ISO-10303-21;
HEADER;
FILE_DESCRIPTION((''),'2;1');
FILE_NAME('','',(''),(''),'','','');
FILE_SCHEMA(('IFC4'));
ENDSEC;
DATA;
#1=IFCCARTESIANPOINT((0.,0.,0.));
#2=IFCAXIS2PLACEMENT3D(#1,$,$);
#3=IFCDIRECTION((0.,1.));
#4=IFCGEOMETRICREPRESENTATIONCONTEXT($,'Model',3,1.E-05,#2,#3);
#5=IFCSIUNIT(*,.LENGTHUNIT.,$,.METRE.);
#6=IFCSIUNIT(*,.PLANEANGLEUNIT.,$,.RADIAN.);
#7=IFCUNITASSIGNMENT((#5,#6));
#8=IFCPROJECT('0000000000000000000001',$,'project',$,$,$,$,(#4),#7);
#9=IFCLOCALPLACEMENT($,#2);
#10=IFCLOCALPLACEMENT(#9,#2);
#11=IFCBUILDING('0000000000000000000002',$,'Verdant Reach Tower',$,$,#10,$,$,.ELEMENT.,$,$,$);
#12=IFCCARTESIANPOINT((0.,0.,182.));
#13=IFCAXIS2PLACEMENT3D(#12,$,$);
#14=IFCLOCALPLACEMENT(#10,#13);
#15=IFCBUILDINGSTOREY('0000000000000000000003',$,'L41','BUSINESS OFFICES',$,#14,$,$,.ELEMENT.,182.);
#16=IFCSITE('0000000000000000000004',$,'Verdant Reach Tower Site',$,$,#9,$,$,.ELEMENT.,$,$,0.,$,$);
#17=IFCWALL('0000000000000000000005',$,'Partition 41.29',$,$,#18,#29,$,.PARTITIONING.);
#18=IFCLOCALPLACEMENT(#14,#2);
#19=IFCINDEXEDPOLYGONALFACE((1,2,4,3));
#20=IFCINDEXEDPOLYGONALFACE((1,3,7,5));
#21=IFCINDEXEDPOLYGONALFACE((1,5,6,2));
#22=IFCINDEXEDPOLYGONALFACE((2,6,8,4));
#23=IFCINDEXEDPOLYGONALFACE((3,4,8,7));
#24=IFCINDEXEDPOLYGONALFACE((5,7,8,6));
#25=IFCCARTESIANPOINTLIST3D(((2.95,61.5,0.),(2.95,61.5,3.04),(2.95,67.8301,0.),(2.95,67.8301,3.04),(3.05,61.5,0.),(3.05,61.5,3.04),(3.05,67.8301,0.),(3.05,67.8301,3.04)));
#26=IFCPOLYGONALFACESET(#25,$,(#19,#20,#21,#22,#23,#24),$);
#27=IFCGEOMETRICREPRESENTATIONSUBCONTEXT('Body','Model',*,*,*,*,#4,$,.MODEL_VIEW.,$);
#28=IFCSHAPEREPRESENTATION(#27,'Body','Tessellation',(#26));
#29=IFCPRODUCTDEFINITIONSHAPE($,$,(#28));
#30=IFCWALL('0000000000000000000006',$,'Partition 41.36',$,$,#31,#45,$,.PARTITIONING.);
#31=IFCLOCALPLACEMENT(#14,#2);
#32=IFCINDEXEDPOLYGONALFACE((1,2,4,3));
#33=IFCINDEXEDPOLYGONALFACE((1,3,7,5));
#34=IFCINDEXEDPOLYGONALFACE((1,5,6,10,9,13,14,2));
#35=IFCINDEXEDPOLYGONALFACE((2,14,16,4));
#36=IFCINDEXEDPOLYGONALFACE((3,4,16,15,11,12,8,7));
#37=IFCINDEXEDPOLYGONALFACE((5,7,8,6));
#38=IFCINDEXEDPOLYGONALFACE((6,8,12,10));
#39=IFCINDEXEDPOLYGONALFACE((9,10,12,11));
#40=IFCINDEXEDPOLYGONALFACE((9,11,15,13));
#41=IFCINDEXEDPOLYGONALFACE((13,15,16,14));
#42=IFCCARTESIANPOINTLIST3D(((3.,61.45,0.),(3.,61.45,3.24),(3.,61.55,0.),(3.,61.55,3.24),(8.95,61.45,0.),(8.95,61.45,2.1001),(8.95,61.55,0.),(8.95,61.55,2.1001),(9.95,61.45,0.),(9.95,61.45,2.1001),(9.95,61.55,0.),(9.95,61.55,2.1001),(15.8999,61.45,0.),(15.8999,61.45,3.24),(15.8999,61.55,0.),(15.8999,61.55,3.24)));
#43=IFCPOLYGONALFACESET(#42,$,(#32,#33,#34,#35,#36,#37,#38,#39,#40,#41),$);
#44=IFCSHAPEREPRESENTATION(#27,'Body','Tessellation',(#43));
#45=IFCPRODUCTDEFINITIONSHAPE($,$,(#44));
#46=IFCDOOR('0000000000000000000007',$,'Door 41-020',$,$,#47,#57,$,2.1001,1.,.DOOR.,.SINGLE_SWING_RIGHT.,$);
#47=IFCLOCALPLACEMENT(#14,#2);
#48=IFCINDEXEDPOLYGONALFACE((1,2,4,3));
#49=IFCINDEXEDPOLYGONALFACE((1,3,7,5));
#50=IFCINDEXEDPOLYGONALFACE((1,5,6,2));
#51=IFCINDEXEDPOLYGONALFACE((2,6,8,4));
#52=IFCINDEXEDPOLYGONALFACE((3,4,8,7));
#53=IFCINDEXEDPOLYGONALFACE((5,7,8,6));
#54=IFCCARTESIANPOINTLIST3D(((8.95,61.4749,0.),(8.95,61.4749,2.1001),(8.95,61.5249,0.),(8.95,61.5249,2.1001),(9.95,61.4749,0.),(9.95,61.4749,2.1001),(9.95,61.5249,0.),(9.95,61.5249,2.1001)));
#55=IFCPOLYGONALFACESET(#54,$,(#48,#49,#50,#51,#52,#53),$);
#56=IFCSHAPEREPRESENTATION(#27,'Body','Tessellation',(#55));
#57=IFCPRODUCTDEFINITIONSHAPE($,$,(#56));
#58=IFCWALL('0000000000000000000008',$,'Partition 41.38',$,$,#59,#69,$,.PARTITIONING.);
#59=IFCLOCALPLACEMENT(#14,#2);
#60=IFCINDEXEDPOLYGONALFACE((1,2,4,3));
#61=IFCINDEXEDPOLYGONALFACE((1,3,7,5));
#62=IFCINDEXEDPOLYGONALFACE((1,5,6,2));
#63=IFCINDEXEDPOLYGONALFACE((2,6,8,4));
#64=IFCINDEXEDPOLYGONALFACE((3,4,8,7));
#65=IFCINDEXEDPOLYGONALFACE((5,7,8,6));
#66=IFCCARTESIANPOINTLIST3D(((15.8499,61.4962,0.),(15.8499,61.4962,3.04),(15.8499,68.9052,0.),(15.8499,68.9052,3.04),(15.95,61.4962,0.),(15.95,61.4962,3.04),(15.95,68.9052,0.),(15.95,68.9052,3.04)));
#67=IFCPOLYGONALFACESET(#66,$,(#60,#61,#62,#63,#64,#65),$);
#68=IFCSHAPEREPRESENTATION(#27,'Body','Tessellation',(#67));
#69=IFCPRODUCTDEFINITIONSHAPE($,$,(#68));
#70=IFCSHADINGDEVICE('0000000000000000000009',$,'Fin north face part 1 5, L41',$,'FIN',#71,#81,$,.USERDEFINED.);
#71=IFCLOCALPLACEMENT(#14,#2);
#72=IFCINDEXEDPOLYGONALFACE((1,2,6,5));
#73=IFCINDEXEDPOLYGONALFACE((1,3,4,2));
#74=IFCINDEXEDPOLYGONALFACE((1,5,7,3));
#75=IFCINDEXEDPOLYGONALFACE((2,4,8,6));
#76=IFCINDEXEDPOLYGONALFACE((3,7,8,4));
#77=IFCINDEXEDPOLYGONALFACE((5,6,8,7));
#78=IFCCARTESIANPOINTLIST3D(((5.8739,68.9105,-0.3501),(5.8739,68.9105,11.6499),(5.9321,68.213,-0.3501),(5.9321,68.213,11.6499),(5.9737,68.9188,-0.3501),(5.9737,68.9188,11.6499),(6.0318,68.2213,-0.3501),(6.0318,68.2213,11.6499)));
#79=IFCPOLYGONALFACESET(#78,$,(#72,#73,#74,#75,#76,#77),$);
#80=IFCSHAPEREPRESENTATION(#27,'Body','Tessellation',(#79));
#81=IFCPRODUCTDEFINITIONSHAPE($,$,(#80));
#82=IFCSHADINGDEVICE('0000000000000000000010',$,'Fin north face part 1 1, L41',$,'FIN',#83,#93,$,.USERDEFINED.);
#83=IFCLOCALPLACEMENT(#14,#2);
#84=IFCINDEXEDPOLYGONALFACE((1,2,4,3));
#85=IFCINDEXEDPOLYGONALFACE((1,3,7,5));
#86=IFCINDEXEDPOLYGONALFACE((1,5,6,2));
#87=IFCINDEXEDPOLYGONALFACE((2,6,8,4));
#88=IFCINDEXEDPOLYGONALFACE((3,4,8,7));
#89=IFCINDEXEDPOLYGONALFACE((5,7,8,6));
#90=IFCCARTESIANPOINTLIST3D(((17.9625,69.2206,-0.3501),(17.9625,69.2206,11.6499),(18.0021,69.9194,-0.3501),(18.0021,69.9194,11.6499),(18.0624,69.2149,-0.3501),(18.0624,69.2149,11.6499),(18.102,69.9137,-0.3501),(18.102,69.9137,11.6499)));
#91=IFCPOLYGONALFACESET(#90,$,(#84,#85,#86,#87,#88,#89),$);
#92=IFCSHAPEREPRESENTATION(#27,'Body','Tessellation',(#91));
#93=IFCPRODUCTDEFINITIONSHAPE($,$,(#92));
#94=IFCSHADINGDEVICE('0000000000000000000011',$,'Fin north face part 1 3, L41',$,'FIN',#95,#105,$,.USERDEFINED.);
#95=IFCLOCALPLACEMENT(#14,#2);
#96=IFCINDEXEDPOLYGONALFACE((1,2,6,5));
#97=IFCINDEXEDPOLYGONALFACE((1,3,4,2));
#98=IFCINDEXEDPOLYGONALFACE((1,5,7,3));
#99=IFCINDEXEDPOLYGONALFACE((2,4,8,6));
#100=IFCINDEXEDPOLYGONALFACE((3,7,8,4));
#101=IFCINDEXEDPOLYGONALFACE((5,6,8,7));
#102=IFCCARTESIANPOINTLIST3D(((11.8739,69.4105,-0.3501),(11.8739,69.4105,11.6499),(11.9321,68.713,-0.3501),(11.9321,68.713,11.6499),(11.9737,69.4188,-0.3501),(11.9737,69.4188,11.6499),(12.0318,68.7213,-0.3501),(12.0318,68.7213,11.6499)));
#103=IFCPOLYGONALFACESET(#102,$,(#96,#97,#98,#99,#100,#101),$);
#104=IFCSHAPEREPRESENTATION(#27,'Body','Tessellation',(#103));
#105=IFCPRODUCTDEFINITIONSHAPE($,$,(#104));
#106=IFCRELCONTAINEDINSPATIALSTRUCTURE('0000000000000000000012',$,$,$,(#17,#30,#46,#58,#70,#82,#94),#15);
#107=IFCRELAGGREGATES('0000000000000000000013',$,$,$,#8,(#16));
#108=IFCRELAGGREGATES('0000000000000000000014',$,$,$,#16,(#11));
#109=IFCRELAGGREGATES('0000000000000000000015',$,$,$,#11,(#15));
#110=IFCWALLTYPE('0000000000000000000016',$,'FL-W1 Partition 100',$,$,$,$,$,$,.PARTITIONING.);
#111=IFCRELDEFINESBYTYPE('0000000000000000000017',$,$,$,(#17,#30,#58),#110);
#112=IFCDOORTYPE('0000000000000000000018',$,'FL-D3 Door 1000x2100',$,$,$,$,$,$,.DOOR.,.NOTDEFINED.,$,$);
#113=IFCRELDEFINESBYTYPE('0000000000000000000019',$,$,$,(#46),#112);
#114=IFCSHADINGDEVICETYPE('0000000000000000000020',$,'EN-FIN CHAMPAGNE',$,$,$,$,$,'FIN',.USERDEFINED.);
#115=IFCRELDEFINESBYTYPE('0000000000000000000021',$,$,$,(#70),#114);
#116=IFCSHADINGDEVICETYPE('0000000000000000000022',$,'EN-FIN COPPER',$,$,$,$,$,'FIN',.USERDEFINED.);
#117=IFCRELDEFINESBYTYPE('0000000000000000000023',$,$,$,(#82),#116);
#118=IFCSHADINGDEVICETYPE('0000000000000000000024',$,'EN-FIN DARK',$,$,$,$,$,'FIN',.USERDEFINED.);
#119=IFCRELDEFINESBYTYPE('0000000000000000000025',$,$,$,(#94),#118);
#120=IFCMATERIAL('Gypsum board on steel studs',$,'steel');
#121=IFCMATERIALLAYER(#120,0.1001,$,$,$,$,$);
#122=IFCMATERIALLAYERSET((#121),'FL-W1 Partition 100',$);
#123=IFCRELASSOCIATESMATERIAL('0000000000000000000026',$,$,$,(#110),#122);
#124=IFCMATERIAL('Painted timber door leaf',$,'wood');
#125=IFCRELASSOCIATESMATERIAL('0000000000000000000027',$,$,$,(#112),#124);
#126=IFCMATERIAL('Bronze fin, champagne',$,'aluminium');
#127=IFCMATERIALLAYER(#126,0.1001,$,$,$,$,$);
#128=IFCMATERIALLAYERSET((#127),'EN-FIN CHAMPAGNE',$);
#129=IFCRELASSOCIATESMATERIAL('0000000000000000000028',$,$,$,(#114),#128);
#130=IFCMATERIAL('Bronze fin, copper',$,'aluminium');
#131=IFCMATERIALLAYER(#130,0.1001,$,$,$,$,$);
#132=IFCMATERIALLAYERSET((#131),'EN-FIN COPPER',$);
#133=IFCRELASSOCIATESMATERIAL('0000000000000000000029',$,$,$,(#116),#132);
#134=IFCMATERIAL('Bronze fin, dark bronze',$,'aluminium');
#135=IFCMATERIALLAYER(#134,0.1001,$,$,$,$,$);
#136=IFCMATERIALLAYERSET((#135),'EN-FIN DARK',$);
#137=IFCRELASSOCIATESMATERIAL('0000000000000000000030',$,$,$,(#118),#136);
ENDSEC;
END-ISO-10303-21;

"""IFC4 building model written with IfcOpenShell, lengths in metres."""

from ifc_helpers import new_model, si_unit, direction, frame, frame_2d, origin, origin_2d, place, context, subcontext, project, spatial, rectangle, extrude, material, layer, layer_set, type_object, element, fill, save


model = new_model("IFC4")

# Units and contexts
model_context = context("Model", 3, precision=1e-05, world=origin(), true_north=direction((0.0, 1.0)))
body_context = subcontext(model_context, "Body", "Model", "MODEL_VIEW")
ifc_project = project(units=[si_unit("LENGTHUNIT", "METRE"), si_unit("PLANEANGLEUNIT", "RADIAN")], contexts=[model_context])

# Site, building, storey
site_placement = place(None, origin())
site = spatial("IfcSite", under=ifc_project, at=site_placement, Name="Verdant Reach Tower Site", CompositionType="ELEMENT", RefElevation=0.0)
building_placement = place(site_placement, origin())
building = spatial("IfcBuilding", under=site, at=building_placement, Name="Verdant Reach Tower", CompositionType="ELEMENT")
storey_placement = place(building_placement, frame((0.0, 0.0, 182.0)))
storey = spatial("IfcBuildingStorey", under=building, at=storey_placement, Name="L41", Description="BUSINESS OFFICES", CompositionType="ELEMENT", Elevation=182.0)

# Wall
ifc_material_1 = material(Name="Gypsum board on steel studs", Category="steel")
ifc_layer_1 = layer(ifc_material_1, 0.1001)
ifc_layer_set_1 = layer_set([ifc_layer_1], Name="FL-W1 Partition 100")
wall_type = type_object("IfcWallType", Name="FL-W1 Partition 100", PredefinedType="PARTITIONING", material=ifc_layer_set_1)
wall_1_placement = place(storey_placement, frame((3.0, 61.5, 0.0), z_axis=(0.0, 0.0, 1.0), x_axis=(0.0, 1.0, 0.0)))
element("IfcWall", 1, at=wall_1_placement, inside=storey, type_object=wall_type, Name="Partition 41.29", PredefinedType="PARTITIONING", context=body_context, shape_type="SweptSolid", body=[
    extrude(rectangle(XDim=6.3301, YDim=0.1001, at=frame_2d((3.165, 0.0))), origin(), (0.0, 0.0, 1.0), 3.04),
])

# Wall, opening, door
wall_2_placement = place(storey_placement, frame((3.0, 61.5, 0.0), z_axis=(0.0, 0.0, 1.0), x_axis=(1.0, 0.0, 0.0)))
wall_2 = element("IfcWall", 2, at=wall_2_placement, inside=storey, type_object=wall_type, Name="Partition 41.36", PredefinedType="PARTITIONING", context=body_context, shape_type="SweptSolid", body=[
    extrude(rectangle(XDim=12.8999, YDim=0.1001, at=frame_2d((6.45, 0.0))), origin(), (0.0, 0.0, 1.0), 3.24),
])
opening_placement = place(wall_2_placement, frame((5.95, 0.0, 0.0)))
opening = element("IfcOpeningElement", 3, at=opening_placement, cuts=wall_2, PredefinedType="OPENING", context=body_context, shape_type="SweptSolid", body=[
    extrude(rectangle(XDim=1.0, YDim=2.1001, at=frame_2d((0.5, 1.05))), frame((0.0, 0.0601, 0.0), z_axis=(0.0, -1.0, 0.0), x_axis=(1.0, 0.0, 0.0)), (0.0, 0.0, 1.0), 0.1201),
])
ifc_material_2 = material(Name="Painted timber door leaf", Category="wood")
door_type = type_object("IfcDoorType", Name="FL-D3 Door 1000x2100", OperationType="NOTDEFINED", PredefinedType="DOOR", material=ifc_material_2)
door_placement = place(opening_placement, origin())
door = element("IfcDoor", 4, at=door_placement, inside=storey, type_object=door_type, Name="Door 41-020", OperationType="SINGLE_SWING_RIGHT", OverallHeight=2.1001, OverallWidth=1.0, PredefinedType="DOOR", context=body_context, shape_type="SweptSolid", body=[
    extrude(rectangle(XDim=1.0, YDim=2.1001, at=frame_2d((0.5, 1.05))), frame((0.0, 0.0249, 0.0), z_axis=(0.0, -1.0, 0.0), x_axis=(1.0, 0.0, 0.0)), (0.0, 0.0, 1.0), 0.05),
])
fill(opening, door)

# Wall
wall_3_placement = place(storey_placement, frame((15.8999, 61.4961, 0.0), z_axis=(0.0, 0.0, 1.0), x_axis=(0.0, 1.0, 0.0)))
element("IfcWall", 5, at=wall_3_placement, inside=storey, type_object=wall_type, Name="Partition 41.38", PredefinedType="PARTITIONING", context=body_context, shape_type="SweptSolid", body=[
    extrude(rectangle(XDim=7.4089, YDim=0.1001, at=frame_2d((3.7046, 0.0))), origin(), (0.0, 0.0, 1.0), 3.04),
])

# Shading devices
ifc_material_3 = material(Name="Bronze fin, champagne", Category="aluminium")
ifc_layer_2 = layer(ifc_material_3, 0.1001)
ifc_layer_set_2 = layer_set([ifc_layer_2], Name="EN-FIN CHAMPAGNE")
shading_device_type_1 = type_object("IfcShadingDeviceType", Name="EN-FIN CHAMPAGNE", ElementType="FIN", PredefinedType="USERDEFINED", material=ifc_layer_set_2)
shading_device_1_placement = place(storey_placement, frame((5.9529, 68.5659, -0.3501), z_axis=(0.0, 0.0, 1.0), x_axis=(-0.996546, -0.083045, 0.0)))
element("IfcShadingDevice", 6, at=shading_device_1_placement, inside=storey, type_object=shading_device_type_1, Name="Fin north face part 1 5, L41", ObjectType="FIN", PredefinedType="USERDEFINED", context=body_context, shape_type="SweptSolid", body=[
    extrude(rectangle(XDim=0.1001, YDim=0.7, at=origin_2d()), origin(), (0.0, 0.0, 1.0), 12.0),
])
ifc_material_4 = material(Name="Bronze fin, copper", Category="aluminium")
ifc_layer_3 = layer(ifc_material_4, 0.1001)
ifc_layer_set_3 = layer_set([ifc_layer_3], Name="EN-FIN COPPER")
shading_device_type_2 = type_object("IfcShadingDeviceType", Name="EN-FIN COPPER", ElementType="FIN", PredefinedType="USERDEFINED", material=ifc_layer_set_3)
shading_device_2_placement = place(storey_placement, frame((18.0322, 69.5671, -0.3501), z_axis=(0.0, 0.0, 1.0), x_axis=(-0.998399, 0.056569, 0.0)))
element("IfcShadingDevice", 7, at=shading_device_2_placement, inside=storey, type_object=shading_device_type_2, Name="Fin north face part 1 1, L41", ObjectType="FIN", PredefinedType="USERDEFINED", context=body_context, shape_type="SweptSolid", body=[
    extrude(rectangle(XDim=0.1001, YDim=0.7, at=origin_2d()), origin(), (0.0, 0.0, 1.0), 12.0),
])
ifc_material_5 = material(Name="Bronze fin, dark bronze", Category="aluminium")
ifc_layer_4 = layer(ifc_material_5, 0.1001)
ifc_layer_set_4 = layer_set([ifc_layer_4], Name="EN-FIN DARK")
shading_device_type_3 = type_object("IfcShadingDeviceType", Name="EN-FIN DARK", ElementType="FIN", PredefinedType="USERDEFINED", material=ifc_layer_set_4)
shading_device_3_placement = place(storey_placement, frame((11.9529, 69.0659, -0.3501), z_axis=(0.0, 0.0, 1.0), x_axis=(-0.996546, -0.083045, 0.0)))
element("IfcShadingDevice", 8, at=shading_device_3_placement, inside=storey, type_object=shading_device_type_3, Name="Fin north face part 1 3, L41", ObjectType="FIN", PredefinedType="USERDEFINED", context=body_context, shape_type="SweptSolid", body=[
    extrude(rectangle(XDim=0.1001, YDim=0.7, at=origin_2d()), origin(), (0.0, 0.0, 1.0), 12.0),
])

save(model, "model.ifc")
